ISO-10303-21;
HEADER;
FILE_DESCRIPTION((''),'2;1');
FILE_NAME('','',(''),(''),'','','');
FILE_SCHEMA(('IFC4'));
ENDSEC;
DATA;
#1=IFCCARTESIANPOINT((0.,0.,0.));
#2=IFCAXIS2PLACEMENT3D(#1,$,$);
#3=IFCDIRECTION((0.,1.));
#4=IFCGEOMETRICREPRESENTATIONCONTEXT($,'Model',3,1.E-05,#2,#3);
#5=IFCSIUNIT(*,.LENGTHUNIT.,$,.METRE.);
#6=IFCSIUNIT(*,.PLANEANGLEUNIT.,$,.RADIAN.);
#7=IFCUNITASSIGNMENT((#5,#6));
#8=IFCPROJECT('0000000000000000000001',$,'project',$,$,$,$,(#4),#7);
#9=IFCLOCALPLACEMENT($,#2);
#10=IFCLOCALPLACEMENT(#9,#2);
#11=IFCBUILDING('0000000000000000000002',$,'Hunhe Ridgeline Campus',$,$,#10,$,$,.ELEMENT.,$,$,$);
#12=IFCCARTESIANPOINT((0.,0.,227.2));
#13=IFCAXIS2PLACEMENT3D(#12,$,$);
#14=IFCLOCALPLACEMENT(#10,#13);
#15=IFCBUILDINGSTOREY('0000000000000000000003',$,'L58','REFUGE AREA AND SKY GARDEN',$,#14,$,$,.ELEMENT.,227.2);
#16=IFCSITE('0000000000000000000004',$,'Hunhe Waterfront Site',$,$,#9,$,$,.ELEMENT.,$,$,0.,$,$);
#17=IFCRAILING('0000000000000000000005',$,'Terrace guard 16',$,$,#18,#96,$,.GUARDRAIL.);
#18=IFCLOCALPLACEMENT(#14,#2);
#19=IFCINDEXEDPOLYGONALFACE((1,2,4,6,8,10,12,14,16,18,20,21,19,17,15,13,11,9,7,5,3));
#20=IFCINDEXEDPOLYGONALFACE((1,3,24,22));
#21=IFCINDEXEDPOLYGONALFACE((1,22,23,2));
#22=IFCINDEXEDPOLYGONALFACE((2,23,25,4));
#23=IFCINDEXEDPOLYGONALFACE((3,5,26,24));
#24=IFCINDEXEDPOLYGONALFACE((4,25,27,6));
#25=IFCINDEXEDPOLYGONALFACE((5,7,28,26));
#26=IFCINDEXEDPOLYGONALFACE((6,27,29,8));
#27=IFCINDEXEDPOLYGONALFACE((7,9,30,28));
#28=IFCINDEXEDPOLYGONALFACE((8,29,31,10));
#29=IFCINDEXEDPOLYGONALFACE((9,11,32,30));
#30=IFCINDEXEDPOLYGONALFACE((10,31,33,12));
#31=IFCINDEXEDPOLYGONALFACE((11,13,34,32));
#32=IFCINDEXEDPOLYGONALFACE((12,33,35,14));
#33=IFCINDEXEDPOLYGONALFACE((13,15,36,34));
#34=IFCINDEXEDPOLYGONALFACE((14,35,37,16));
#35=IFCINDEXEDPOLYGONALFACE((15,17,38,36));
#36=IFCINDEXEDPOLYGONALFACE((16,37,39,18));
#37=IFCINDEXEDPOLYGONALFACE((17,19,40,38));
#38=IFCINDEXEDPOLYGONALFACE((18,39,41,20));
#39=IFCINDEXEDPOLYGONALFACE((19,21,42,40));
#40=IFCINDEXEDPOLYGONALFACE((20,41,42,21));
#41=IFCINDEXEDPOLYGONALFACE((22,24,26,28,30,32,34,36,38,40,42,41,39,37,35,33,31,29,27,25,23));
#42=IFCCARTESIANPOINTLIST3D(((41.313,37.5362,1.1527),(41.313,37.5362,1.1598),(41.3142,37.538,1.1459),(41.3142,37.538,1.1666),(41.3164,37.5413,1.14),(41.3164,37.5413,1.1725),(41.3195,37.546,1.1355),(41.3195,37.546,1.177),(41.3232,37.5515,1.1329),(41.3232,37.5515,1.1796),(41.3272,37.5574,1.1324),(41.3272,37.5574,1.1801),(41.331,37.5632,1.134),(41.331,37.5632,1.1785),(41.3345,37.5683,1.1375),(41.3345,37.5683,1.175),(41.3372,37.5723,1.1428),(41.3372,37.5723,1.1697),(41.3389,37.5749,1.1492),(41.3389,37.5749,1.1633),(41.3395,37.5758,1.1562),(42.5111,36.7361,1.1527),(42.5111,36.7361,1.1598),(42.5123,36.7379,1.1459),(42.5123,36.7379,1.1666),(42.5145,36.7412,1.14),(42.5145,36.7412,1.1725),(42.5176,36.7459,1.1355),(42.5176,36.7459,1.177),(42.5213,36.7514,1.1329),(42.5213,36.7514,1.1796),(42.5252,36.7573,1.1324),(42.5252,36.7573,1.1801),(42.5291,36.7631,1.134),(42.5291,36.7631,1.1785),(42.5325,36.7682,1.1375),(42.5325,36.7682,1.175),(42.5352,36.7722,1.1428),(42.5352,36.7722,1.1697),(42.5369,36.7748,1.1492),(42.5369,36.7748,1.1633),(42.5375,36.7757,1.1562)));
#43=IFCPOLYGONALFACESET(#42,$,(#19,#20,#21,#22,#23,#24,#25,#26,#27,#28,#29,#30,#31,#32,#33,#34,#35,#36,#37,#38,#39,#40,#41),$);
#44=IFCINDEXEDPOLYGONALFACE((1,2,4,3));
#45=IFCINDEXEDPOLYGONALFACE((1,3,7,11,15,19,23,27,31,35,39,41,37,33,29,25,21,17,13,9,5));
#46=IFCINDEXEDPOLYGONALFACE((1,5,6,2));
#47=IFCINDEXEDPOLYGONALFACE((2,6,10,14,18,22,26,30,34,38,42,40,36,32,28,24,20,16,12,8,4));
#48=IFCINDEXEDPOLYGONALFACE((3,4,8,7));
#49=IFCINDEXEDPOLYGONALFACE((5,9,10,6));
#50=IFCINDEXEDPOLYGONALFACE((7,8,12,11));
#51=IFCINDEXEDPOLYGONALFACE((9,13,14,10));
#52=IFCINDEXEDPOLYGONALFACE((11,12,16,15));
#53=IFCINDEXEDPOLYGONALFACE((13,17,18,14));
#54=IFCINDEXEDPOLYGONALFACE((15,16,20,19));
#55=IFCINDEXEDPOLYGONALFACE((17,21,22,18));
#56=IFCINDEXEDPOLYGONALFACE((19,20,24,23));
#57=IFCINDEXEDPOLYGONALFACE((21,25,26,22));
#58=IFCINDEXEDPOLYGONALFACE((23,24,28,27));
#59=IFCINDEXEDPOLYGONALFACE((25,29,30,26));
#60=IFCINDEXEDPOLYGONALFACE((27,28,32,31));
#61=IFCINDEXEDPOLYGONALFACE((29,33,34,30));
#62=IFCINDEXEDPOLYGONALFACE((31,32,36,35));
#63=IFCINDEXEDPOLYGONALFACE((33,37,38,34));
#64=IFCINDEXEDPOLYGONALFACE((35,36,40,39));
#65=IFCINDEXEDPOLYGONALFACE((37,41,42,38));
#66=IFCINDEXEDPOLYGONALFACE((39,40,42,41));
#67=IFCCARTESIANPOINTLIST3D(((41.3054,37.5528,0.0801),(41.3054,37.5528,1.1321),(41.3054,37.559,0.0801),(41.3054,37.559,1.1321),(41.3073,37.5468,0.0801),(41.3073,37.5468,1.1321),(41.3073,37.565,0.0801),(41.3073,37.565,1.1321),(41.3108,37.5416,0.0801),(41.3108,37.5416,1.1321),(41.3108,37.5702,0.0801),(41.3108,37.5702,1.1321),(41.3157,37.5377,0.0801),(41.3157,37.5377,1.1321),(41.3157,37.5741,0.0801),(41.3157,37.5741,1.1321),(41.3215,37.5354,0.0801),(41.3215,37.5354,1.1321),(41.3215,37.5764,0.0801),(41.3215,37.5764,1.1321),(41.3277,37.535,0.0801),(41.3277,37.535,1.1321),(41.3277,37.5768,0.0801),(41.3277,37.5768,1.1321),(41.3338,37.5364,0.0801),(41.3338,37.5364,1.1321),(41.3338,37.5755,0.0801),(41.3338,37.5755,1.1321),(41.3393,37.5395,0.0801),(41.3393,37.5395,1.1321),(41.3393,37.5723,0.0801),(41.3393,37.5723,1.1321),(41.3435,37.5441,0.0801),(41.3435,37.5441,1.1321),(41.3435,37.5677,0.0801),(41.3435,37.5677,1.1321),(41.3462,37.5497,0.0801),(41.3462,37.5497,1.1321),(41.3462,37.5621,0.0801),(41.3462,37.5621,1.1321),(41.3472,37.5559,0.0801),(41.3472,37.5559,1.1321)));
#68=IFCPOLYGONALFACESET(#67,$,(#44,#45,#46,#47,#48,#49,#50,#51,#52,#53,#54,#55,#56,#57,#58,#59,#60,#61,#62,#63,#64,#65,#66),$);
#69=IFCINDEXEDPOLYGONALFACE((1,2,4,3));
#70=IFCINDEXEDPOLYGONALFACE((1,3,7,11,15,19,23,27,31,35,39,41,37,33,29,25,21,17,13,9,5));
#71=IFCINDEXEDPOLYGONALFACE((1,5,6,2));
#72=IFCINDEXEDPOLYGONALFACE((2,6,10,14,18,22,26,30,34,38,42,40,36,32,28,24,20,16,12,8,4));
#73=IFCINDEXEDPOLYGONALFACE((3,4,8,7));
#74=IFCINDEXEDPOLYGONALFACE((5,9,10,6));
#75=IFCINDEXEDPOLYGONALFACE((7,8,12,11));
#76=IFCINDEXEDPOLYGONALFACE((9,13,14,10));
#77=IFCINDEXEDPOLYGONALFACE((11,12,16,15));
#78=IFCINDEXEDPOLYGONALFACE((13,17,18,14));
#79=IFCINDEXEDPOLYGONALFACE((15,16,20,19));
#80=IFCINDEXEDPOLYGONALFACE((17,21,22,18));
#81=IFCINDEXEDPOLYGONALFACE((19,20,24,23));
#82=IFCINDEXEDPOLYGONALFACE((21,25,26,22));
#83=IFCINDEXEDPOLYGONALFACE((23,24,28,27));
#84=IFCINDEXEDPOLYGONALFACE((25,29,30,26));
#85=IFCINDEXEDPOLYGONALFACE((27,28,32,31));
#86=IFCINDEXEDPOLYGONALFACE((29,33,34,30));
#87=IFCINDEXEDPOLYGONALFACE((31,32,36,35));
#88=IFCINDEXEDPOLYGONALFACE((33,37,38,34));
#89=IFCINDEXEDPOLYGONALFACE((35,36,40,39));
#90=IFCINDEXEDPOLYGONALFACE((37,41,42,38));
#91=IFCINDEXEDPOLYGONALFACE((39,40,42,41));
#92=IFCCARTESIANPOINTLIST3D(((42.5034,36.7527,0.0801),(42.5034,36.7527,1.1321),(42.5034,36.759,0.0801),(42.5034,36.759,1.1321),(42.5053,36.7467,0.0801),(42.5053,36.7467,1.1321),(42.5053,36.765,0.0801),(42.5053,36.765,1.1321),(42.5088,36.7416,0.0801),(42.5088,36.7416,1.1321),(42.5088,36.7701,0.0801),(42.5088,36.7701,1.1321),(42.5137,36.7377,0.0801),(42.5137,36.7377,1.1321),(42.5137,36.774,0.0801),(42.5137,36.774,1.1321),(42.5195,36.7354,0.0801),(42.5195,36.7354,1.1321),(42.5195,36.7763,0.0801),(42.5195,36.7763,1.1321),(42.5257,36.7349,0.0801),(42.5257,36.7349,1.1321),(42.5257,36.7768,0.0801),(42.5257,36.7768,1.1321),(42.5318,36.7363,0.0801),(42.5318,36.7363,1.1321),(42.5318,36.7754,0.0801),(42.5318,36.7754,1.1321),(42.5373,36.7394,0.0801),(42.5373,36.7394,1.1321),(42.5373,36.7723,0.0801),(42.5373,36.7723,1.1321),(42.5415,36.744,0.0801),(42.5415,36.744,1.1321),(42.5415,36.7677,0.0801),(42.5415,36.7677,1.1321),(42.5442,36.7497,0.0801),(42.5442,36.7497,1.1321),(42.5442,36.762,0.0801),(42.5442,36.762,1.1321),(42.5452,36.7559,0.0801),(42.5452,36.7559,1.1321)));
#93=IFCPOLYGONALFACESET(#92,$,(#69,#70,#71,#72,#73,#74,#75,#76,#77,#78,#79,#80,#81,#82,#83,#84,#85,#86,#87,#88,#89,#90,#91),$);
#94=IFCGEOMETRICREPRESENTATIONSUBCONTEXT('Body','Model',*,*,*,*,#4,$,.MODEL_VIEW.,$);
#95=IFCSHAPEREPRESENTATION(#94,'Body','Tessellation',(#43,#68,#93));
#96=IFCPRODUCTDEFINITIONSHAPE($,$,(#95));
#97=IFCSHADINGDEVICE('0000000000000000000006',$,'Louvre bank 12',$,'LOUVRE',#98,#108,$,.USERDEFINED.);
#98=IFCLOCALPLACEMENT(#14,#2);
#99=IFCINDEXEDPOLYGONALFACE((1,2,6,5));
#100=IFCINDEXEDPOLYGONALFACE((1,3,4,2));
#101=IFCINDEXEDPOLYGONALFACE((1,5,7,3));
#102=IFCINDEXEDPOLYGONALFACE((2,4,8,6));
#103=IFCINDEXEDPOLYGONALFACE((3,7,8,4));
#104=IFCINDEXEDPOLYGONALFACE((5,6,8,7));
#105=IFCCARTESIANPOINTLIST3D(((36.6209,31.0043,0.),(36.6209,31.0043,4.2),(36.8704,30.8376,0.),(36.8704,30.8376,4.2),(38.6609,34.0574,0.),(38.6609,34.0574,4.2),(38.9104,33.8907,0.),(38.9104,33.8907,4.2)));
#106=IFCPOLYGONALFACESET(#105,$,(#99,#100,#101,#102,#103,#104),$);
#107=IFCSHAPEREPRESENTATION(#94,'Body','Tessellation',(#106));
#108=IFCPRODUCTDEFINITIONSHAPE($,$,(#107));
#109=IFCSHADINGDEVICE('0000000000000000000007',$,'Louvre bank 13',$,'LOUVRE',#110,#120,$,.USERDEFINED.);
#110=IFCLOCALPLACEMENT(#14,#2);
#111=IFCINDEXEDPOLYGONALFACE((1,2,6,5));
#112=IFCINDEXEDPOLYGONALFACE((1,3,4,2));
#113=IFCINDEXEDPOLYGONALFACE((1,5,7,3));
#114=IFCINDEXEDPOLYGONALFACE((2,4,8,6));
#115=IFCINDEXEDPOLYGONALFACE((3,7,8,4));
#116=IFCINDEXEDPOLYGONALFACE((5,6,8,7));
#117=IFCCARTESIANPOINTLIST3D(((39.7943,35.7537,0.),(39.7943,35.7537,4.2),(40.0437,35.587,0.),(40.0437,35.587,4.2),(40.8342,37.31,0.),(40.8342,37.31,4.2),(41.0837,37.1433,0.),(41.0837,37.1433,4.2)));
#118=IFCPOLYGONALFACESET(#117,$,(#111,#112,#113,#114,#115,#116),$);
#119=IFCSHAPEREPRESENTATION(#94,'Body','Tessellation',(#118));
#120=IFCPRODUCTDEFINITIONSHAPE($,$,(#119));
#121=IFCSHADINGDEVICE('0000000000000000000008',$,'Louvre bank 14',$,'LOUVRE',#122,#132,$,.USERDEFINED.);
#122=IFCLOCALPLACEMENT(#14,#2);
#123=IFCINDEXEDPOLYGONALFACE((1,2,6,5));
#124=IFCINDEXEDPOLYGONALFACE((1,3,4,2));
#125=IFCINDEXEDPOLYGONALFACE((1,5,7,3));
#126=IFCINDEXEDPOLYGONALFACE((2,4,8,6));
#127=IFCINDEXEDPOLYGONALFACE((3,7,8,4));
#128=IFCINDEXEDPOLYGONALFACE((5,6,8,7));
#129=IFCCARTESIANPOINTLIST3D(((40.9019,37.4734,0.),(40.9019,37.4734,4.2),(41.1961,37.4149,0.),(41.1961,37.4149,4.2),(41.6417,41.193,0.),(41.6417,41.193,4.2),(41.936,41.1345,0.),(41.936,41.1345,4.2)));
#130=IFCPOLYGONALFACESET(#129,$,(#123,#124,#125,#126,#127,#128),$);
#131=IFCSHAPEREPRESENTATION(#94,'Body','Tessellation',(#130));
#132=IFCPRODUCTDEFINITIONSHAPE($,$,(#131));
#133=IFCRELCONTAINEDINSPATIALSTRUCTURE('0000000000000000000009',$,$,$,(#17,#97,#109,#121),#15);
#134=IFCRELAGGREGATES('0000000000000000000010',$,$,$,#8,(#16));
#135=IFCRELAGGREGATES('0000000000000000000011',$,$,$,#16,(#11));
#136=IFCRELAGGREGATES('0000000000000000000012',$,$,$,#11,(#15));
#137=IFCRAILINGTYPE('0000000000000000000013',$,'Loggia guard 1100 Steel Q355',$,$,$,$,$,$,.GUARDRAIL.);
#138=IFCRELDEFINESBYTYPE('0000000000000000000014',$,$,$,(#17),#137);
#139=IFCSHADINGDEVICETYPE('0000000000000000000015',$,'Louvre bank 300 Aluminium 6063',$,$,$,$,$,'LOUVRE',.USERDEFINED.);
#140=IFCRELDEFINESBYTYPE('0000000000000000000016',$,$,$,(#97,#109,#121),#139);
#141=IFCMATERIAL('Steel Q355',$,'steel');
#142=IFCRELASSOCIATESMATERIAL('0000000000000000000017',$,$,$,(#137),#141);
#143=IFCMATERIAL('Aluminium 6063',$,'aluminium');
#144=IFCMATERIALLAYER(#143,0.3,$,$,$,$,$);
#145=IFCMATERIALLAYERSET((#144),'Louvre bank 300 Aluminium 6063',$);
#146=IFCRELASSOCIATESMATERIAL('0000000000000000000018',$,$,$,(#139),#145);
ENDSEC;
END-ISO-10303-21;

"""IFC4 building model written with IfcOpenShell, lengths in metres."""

from ifc_helpers import new_model, si_unit, direction, frame, origin, origin_2d, place, context, subcontext, project, spatial, rectangle, circle, extrude, material, layer, layer_set, type_object, element, save


model = new_model("IFC4")

# Units and contexts
model_context = context("Model", 3, precision=1e-05, world=origin(), true_north=direction((0.0, 1.0)))
body_context = subcontext(model_context, "Body", "Model", "MODEL_VIEW")
ifc_project = project(units=[si_unit("LENGTHUNIT", "METRE"), si_unit("PLANEANGLEUNIT", "RADIAN")], contexts=[model_context])

# Site, building, storey
site_placement = place(None, origin())
site = spatial("IfcSite", under=ifc_project, at=site_placement, Name="Hunhe Waterfront Site", CompositionType="ELEMENT", RefElevation=0.0)
building_placement = place(site_placement, origin())
building = spatial("IfcBuilding", under=site, at=building_placement, Name="Hunhe Ridgeline Campus", CompositionType="ELEMENT")
storey_placement = place(building_placement, frame((0.0, 0.0, 227.2)))
storey = spatial("IfcBuildingStorey", under=building, at=storey_placement, Name="L58", Description="REFUGE AREA AND SKY GARDEN", CompositionType="ELEMENT", Elevation=227.2)

# Shared definitions
ifc_material_1 = material(Name="Aluminium 6063", Category="aluminium")

# Railing
ifc_material_2 = material(Name="Steel Q355", Category="steel")
railing_type = type_object("IfcRailingType", Name="Loggia guard 1100 Steel Q355", PredefinedType="GUARDRAIL", material=ifc_material_2)
railing_1_placement = place(storey_placement, frame((41.3262, 37.5559, 0.0801)))
element("IfcRailing", 1, at=railing_1_placement, inside=storey, type_object=railing_type, Name="Terrace guard 16", PredefinedType="GUARDRAIL", context=body_context, shape_type="SweptSolid", body=[
    extrude(circle(Radius=0.0239, at=origin_2d()), frame((0.0, 0.0, 1.0762), z_axis=(0.831607, -0.555365, 0.0), x_axis=(0.555365, 0.831607, 0.0)), (0.0, 0.0, 1.0), 1.4407),
    extrude(circle(Radius=0.021, at=origin_2d()), origin(), (0.0, 0.0, 1.0), 1.052),
    extrude(circle(Radius=0.021, at=origin_2d()), frame((1.198, -0.8, 0.0)), (0.0, 0.0, 1.0), 1.052),
])

# Shading devices
ifc_layer_1 = layer(ifc_material_1, 0.3)
ifc_layer_set_1 = layer_set([ifc_layer_1], Name="Louvre bank 300 Aluminium 6063")
shading_device_type = type_object("IfcShadingDeviceType", Name="Louvre bank 300 Aluminium 6063", ElementType="LOUVRE", PredefinedType="USERDEFINED", material=ifc_layer_set_1)
shading_device_1_placement = place(storey_placement, frame((37.7656, 32.4475, 0.0), z_axis=(0.0, 0.0, 1.0), x_axis=(0.55557, 0.83147, 0.0)))
element("IfcShadingDevice", 2, at=shading_device_1_placement, inside=storey, type_object=shading_device_type, Name="Louvre bank 12", ObjectType="LOUVRE", PredefinedType="USERDEFINED", context=body_context, shape_type="SweptSolid", body=[
    extrude(rectangle(XDim=3.6719, YDim=0.3, at=origin_2d()), origin(), (0.0, 0.0, 1.0), 4.2),
])
shading_device_2_placement = place(storey_placement, frame((40.439, 36.4485, 0.0), z_axis=(0.0, 0.0, 1.0), x_axis=(0.55557, 0.83147, 0.0)))
element("IfcShadingDevice", 3, at=shading_device_2_placement, inside=storey, type_object=shading_device_type, Name="Louvre bank 13", ObjectType="LOUVRE", PredefinedType="USERDEFINED", context=body_context, shape_type="SweptSolid", body=[
    extrude(rectangle(XDim=1.8718, YDim=0.3, at=origin_2d()), origin(), (0.0, 0.0, 1.0), 4.2),
])
shading_device_3_placement = place(storey_placement, frame((41.4189, 39.304, 0.0), z_axis=(0.0, 0.0, 1.0), x_axis=(0.19509, 0.980785, 0.0)))
element("IfcShadingDevice", 4, at=shading_device_3_placement, inside=storey, type_object=shading_device_type, Name="Louvre bank 14", ObjectType="LOUVRE", PredefinedType="USERDEFINED", context=body_context, shape_type="SweptSolid", body=[
    extrude(rectangle(XDim=3.7925, YDim=0.3, at=origin_2d()), origin(), (0.0, 0.0, 1.0), 4.2),
])

save(model, "model.ifc")
